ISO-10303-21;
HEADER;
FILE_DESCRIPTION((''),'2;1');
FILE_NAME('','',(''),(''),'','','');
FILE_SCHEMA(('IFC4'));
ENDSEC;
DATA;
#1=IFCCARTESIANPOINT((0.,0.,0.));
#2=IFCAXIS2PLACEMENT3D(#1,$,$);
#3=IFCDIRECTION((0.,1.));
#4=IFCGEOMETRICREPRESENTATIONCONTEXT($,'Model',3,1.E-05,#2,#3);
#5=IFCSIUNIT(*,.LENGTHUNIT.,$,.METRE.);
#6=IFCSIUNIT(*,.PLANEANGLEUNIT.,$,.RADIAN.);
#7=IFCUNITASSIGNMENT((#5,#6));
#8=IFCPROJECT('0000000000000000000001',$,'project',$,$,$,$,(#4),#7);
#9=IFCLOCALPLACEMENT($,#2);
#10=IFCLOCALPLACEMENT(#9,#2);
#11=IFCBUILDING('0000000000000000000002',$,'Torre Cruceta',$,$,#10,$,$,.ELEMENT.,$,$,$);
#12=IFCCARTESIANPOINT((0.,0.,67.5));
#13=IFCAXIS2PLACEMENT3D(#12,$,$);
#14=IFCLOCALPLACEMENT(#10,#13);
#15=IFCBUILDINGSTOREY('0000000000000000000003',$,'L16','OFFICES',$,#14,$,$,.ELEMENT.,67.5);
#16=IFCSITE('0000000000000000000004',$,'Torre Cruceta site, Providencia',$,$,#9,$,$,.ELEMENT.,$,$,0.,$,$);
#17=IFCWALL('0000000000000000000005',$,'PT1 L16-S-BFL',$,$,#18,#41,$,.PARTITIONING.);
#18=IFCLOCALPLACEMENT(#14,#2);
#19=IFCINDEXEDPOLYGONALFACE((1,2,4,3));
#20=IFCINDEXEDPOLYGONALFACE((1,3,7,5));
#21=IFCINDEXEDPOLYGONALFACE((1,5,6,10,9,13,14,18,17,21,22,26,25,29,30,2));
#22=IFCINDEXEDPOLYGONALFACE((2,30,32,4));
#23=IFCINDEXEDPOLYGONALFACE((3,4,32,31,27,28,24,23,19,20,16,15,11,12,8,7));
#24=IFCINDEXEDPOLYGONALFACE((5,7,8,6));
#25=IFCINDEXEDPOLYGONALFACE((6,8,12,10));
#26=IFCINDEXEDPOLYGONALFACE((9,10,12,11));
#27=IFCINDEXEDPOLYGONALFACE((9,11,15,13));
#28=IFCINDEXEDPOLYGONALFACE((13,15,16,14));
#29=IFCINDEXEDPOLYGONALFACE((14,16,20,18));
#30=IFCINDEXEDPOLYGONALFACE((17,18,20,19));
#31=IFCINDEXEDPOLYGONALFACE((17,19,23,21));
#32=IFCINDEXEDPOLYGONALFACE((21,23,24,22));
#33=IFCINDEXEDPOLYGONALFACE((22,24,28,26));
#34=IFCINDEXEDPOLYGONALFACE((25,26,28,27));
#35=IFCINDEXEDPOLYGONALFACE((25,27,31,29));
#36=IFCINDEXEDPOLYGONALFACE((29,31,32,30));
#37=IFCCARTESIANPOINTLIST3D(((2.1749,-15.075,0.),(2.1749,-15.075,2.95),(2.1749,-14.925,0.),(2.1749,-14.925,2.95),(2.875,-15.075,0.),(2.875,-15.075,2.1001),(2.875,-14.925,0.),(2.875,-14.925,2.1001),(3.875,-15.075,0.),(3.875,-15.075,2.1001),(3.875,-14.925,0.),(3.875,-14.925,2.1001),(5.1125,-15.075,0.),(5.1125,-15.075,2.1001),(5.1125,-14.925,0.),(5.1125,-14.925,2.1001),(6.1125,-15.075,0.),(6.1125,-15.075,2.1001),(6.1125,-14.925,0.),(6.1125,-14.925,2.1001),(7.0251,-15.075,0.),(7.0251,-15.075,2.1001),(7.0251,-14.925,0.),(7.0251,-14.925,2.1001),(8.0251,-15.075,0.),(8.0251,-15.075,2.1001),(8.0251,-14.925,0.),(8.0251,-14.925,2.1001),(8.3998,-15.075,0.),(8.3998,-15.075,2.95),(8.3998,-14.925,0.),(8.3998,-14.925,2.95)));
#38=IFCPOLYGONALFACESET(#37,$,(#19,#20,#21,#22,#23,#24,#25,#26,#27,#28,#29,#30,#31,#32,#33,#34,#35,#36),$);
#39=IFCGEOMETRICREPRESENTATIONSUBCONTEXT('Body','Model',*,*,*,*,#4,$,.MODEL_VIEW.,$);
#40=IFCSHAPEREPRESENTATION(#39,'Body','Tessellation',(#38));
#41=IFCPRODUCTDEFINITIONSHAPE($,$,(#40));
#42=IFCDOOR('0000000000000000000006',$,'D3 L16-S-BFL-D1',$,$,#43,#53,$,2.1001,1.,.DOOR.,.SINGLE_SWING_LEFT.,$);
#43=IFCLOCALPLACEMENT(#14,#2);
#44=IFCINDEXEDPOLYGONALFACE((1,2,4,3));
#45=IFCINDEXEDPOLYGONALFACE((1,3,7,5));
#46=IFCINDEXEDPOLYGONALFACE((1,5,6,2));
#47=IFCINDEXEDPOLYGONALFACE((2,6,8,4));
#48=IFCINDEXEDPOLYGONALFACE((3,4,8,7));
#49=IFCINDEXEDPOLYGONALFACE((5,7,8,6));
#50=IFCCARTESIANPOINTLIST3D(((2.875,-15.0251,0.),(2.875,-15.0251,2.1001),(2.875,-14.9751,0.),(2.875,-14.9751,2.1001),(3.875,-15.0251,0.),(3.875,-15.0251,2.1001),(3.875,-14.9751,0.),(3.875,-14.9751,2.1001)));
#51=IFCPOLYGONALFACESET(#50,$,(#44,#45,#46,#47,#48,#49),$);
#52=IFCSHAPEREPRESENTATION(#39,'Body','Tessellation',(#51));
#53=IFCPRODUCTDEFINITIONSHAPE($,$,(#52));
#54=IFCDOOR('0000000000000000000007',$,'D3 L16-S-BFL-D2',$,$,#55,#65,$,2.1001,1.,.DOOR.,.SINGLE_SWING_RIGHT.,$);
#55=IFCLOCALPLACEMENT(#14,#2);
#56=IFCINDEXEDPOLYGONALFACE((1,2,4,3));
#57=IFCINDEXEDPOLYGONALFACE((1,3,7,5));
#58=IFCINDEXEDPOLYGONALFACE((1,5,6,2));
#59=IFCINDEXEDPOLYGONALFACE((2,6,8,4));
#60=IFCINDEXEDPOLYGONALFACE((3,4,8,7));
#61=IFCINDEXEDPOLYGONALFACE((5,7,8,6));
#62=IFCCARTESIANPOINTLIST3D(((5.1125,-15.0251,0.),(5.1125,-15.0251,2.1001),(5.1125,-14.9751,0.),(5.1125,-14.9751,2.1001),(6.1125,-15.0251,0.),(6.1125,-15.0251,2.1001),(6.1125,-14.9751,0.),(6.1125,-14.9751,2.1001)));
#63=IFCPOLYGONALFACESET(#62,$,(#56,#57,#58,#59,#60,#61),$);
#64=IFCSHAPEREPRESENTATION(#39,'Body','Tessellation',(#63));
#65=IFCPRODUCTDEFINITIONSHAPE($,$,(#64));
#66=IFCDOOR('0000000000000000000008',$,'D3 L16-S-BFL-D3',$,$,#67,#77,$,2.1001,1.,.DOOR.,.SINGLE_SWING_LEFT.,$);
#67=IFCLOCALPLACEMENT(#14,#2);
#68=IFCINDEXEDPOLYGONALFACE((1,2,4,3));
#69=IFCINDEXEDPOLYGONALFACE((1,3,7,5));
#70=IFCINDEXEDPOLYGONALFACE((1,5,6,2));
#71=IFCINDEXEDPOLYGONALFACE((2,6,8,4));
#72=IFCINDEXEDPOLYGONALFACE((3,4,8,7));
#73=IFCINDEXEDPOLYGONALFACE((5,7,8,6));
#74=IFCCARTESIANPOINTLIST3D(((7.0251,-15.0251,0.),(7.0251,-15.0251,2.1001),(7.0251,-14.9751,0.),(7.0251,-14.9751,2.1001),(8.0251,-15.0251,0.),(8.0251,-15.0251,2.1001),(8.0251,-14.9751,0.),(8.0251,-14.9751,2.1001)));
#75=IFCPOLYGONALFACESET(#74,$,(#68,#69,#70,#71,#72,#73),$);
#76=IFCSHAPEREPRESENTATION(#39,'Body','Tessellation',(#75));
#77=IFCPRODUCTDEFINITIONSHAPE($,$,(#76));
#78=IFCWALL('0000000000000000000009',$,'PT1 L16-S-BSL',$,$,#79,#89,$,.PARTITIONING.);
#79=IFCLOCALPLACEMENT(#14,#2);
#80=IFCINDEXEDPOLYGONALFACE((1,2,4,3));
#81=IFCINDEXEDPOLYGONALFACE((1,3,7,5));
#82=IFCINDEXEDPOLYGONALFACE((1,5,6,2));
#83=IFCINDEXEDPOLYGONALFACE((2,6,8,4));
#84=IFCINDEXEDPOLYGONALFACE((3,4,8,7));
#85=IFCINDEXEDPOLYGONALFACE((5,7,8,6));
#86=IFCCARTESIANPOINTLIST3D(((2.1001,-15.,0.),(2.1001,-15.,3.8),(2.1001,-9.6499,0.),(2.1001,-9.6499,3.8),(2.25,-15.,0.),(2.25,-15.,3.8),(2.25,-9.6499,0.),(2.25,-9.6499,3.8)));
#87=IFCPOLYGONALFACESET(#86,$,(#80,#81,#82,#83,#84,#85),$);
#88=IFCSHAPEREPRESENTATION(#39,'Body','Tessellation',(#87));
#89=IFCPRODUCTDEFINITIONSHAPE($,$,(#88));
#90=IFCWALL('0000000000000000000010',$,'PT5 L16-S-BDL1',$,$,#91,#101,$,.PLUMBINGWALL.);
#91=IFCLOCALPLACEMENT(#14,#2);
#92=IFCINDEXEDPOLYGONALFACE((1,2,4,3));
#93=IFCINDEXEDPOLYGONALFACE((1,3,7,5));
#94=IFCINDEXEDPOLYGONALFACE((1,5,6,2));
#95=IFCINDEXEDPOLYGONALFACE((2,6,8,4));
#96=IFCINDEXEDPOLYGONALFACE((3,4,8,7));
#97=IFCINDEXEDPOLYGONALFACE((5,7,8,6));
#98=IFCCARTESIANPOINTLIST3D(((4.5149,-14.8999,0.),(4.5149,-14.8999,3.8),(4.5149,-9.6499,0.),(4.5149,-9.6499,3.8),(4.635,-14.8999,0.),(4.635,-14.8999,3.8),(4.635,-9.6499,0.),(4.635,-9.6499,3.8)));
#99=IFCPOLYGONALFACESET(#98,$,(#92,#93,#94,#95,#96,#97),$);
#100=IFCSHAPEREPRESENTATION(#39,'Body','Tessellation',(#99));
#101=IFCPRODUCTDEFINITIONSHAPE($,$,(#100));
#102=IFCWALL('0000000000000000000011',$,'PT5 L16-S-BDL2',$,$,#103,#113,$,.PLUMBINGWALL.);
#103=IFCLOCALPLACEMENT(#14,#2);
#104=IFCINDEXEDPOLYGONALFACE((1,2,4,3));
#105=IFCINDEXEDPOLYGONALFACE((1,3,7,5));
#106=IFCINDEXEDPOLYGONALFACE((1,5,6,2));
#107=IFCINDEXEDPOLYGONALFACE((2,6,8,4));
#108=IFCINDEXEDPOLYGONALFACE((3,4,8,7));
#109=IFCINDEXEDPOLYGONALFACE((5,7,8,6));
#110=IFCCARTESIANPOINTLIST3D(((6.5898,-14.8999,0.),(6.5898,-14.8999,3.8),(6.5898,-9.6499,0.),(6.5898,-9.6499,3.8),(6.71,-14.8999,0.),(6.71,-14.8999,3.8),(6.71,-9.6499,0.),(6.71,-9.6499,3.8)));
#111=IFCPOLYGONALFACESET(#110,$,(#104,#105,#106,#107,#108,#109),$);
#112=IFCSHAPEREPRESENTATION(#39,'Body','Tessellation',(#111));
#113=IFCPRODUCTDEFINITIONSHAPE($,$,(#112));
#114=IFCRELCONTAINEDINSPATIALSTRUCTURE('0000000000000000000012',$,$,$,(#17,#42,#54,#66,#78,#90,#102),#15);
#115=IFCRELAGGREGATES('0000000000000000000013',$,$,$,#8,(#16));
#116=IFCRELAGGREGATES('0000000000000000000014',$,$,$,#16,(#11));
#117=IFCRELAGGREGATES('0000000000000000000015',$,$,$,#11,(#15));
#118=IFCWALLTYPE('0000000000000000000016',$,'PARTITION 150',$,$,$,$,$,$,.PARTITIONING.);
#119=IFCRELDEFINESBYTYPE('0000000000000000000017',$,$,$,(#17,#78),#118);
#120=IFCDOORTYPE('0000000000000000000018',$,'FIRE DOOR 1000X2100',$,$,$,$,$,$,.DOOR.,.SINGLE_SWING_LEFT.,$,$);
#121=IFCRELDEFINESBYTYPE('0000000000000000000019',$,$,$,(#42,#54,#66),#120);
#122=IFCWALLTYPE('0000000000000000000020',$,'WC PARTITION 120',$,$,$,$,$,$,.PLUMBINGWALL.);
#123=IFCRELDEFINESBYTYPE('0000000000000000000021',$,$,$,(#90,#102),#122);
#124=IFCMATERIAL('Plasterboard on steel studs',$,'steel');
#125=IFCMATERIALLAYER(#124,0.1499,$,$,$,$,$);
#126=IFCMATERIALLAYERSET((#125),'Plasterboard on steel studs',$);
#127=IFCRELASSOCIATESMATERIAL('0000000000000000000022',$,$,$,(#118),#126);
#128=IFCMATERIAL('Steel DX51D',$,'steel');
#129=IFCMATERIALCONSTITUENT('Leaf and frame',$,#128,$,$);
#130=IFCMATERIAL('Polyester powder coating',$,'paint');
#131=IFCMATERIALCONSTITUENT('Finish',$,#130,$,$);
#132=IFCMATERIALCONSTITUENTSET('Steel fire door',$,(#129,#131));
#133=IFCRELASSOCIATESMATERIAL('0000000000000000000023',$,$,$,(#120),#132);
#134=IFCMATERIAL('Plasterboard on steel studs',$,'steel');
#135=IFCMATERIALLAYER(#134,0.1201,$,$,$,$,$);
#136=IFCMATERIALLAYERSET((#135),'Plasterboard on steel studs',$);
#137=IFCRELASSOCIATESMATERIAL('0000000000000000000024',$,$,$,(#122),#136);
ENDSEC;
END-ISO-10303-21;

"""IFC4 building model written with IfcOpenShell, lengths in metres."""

from ifc_helpers import new_model, si_unit, direction, frame, frame_2d, origin, place, context, subcontext, project, spatial, rectangle, extrude, material, layer, layer_set, constituent, constituent_set, type_object, element, fill, save


model = new_model("IFC4")

# Units and contexts
model_context = context("Model", 3, precision=1e-05, world=origin(), true_north=direction((0.0, 1.0)))
body_context = subcontext(model_context, "Body", "Model", "MODEL_VIEW")
ifc_project = project(units=[si_unit("LENGTHUNIT", "METRE"), si_unit("PLANEANGLEUNIT", "RADIAN")], contexts=[model_context])

# Site, building, storey
site_placement = place(None, origin())
site = spatial("IfcSite", under=ifc_project, at=site_placement, Name="Torre Cruceta site, Providencia", CompositionType="ELEMENT", RefElevation=0.0)
building_placement = place(site_placement, origin())
building = spatial("IfcBuilding", under=site, at=building_placement, Name="Torre Cruceta", CompositionType="ELEMENT")
storey_placement = place(building_placement, frame((0.0, 0.0, 67.5)))
storey = spatial("IfcBuildingStorey", under=building, at=storey_placement, Name="L16", Description="OFFICES", CompositionType="ELEMENT", Elevation=67.5)

# Wall, openings, doors
ifc_material_1 = material(Name="Plasterboard on steel studs", Category="steel")
ifc_layer_1 = layer(ifc_material_1, 0.1499)
ifc_layer_set_1 = layer_set([ifc_layer_1], Name="Plasterboard on steel studs")
wall_type_1 = type_object("IfcWallType", Name="PARTITION 150", PredefinedType="PARTITIONING", material=ifc_layer_set_1)
wall_1_placement = place(storey_placement, frame((2.175, -15.0, 0.0), z_axis=(0.0, 0.0, 1.0), x_axis=(1.0, 0.0, 0.0)))
wall_1 = element("IfcWall", 1, at=wall_1_placement, inside=storey, type_object=wall_type_1, Name="PT1 L16-S-BFL", PredefinedType="PARTITIONING", context=body_context, shape_type="SweptSolid", body=[
    extrude(rectangle(XDim=6.2249, YDim=0.1499, at=frame_2d((3.1123, 0.0))), origin(), (0.0, 0.0, 1.0), 2.95),
])
opening_1_placement = place(wall_1_placement, frame((0.7, 0.0, 0.0)))
opening_1 = element("IfcOpeningElement", 2, at=opening_1_placement, cuts=wall_1, PredefinedType="OPENING", context=body_context, shape_type="SweptSolid", body=[
    extrude(rectangle(XDim=1.0, YDim=2.1001, at=frame_2d((0.5, 1.05))), frame((0.0, 0.085, 0.0), z_axis=(0.0, -1.0, 0.0), x_axis=(1.0, 0.0, 0.0)), (0.0, 0.0, 1.0), 0.1699),
])
opening_2_placement = place(wall_1_placement, frame((2.9375, 0.0, 0.0)))
opening_2 = element("IfcOpeningElement", 3, at=opening_2_placement, cuts=wall_1, PredefinedType="OPENING", context=body_context, shape_type="SweptSolid", body=[
    extrude(rectangle(XDim=1.0, YDim=2.1001, at=frame_2d((0.5, 1.05))), frame((0.0, 0.085, 0.0), z_axis=(0.0, -1.0, 0.0), x_axis=(1.0, 0.0, 0.0)), (0.0, 0.0, 1.0), 0.1699),
])
opening_3_placement = place(wall_1_placement, frame((4.8501, 0.0, 0.0)))
opening_3 = element("IfcOpeningElement", 4, at=opening_3_placement, cuts=wall_1, PredefinedType="OPENING", context=body_context, shape_type="SweptSolid", body=[
    extrude(rectangle(XDim=1.0, YDim=2.1001, at=frame_2d((0.5, 1.05))), frame((0.0, 0.085, 0.0), z_axis=(0.0, -1.0, 0.0), x_axis=(1.0, 0.0, 0.0)), (0.0, 0.0, 1.0), 0.1699),
])
ifc_material_2 = material(Name="Steel DX51D", Category="steel")
ifc_constituent_1 = constituent(ifc_material_2, Name="Leaf and frame")
ifc_material_3 = material(Name="Polyester powder coating", Category="paint")
ifc_constituent_2 = constituent(ifc_material_3, Name="Finish")
ifc_constituent_set_1 = constituent_set(constituents=[ifc_constituent_1, ifc_constituent_2], Name="Steel fire door")
door_type = type_object("IfcDoorType", Name="FIRE DOOR 1000X2100", OperationType="SINGLE_SWING_LEFT", PredefinedType="DOOR", material=ifc_constituent_set_1)
door_1_placement = place(opening_1_placement, origin())
door_1 = element("IfcDoor", 5, at=door_1_placement, inside=storey, type_object=door_type, Name="D3 L16-S-BFL-D1", OperationType="SINGLE_SWING_LEFT", OverallHeight=2.1001, OverallWidth=1.0, PredefinedType="DOOR", context=body_context, shape_type="SweptSolid", body=[
    extrude(rectangle(XDim=1.0, YDim=2.1001, at=frame_2d((0.5, 1.05))), frame((0.0, 0.0249, 0.0), z_axis=(0.0, -1.0, 0.0), x_axis=(1.0, 0.0, 0.0)), (0.0, 0.0, 1.0), 0.05),
])
fill(opening_1, door_1)
door_2_placement = place(opening_2_placement, origin())
door_2 = element("IfcDoor", 6, at=door_2_placement, inside=storey, type_object=door_type, Name="D3 L16-S-BFL-D2", OperationType="SINGLE_SWING_RIGHT", OverallHeight=2.1001, OverallWidth=1.0, PredefinedType="DOOR", context=body_context, shape_type="SweptSolid", body=[
    extrude(rectangle(XDim=1.0, YDim=2.1001, at=frame_2d((0.5, 1.05))), frame((0.0, 0.0249, 0.0), z_axis=(0.0, -1.0, 0.0), x_axis=(1.0, 0.0, 0.0)), (0.0, 0.0, 1.0), 0.05),
])
fill(opening_2, door_2)
door_3_placement = place(opening_3_placement, origin())
door_3 = element("IfcDoor", 7, at=door_3_placement, inside=storey, type_object=door_type, Name="D3 L16-S-BFL-D3", OperationType="SINGLE_SWING_LEFT", OverallHeight=2.1001, OverallWidth=1.0, PredefinedType="DOOR", context=body_context, shape_type="SweptSolid", body=[
    extrude(rectangle(XDim=1.0, YDim=2.1001, at=frame_2d((0.5, 1.05))), frame((0.0, 0.0249, 0.0), z_axis=(0.0, -1.0, 0.0), x_axis=(1.0, 0.0, 0.0)), (0.0, 0.0, 1.0), 0.05),
])
fill(opening_3, door_3)

# Walls
wall_2_placement = place(storey_placement, frame((2.175, -9.6499, 0.0), z_axis=(0.0, 0.0, 1.0), x_axis=(0.0, -1.0, 0.0)))
element("IfcWall", 8, at=wall_2_placement, inside=storey, type_object=wall_type_1, Name="PT1 L16-S-BSL", PredefinedType="PARTITIONING", context=body_context, shape_type="SweptSolid", body=[
    extrude(rectangle(XDim=5.3501, YDim=0.1499, at=frame_2d((2.675, 0.0))), origin(), (0.0, 0.0, 1.0), 3.8),
])
ifc_material_4 = material(Name="Plasterboard on steel studs", Category="steel")
ifc_layer_2 = layer(ifc_material_4, 0.1201)
ifc_layer_set_2 = layer_set([ifc_layer_2], Name="Plasterboard on steel studs")
wall_type_2 = type_object("IfcWallType", Name="WC PARTITION 120", PredefinedType="PLUMBINGWALL", material=ifc_layer_set_2)
for number, where, z_axis, x_axis, name in (
    (9, (4.575, -9.6499, 0.0), (0.0, 0.0, 1.0), (0.0, -1.0, 0.0), "PT5 L16-S-BDL1"),
    (10, (6.6499, -9.6499, 0.0), (0.0, 0.0, 1.0), (0.0, -1.0, 0.0), "PT5 L16-S-BDL2"),
):
    element("IfcWall", number, at=place(storey_placement, frame(where, z_axis=z_axis, x_axis=x_axis)), inside=storey, type_object=wall_type_2, Name=name, PredefinedType="PLUMBINGWALL", context=body_context, shape_type="SweptSolid", body=[
        extrude(rectangle(XDim=5.25, YDim=0.1201, at=frame_2d((2.625, 0.0))), origin(), (0.0, 0.0, 1.0), 3.8),
    ])

save(model, "model.ifc")
